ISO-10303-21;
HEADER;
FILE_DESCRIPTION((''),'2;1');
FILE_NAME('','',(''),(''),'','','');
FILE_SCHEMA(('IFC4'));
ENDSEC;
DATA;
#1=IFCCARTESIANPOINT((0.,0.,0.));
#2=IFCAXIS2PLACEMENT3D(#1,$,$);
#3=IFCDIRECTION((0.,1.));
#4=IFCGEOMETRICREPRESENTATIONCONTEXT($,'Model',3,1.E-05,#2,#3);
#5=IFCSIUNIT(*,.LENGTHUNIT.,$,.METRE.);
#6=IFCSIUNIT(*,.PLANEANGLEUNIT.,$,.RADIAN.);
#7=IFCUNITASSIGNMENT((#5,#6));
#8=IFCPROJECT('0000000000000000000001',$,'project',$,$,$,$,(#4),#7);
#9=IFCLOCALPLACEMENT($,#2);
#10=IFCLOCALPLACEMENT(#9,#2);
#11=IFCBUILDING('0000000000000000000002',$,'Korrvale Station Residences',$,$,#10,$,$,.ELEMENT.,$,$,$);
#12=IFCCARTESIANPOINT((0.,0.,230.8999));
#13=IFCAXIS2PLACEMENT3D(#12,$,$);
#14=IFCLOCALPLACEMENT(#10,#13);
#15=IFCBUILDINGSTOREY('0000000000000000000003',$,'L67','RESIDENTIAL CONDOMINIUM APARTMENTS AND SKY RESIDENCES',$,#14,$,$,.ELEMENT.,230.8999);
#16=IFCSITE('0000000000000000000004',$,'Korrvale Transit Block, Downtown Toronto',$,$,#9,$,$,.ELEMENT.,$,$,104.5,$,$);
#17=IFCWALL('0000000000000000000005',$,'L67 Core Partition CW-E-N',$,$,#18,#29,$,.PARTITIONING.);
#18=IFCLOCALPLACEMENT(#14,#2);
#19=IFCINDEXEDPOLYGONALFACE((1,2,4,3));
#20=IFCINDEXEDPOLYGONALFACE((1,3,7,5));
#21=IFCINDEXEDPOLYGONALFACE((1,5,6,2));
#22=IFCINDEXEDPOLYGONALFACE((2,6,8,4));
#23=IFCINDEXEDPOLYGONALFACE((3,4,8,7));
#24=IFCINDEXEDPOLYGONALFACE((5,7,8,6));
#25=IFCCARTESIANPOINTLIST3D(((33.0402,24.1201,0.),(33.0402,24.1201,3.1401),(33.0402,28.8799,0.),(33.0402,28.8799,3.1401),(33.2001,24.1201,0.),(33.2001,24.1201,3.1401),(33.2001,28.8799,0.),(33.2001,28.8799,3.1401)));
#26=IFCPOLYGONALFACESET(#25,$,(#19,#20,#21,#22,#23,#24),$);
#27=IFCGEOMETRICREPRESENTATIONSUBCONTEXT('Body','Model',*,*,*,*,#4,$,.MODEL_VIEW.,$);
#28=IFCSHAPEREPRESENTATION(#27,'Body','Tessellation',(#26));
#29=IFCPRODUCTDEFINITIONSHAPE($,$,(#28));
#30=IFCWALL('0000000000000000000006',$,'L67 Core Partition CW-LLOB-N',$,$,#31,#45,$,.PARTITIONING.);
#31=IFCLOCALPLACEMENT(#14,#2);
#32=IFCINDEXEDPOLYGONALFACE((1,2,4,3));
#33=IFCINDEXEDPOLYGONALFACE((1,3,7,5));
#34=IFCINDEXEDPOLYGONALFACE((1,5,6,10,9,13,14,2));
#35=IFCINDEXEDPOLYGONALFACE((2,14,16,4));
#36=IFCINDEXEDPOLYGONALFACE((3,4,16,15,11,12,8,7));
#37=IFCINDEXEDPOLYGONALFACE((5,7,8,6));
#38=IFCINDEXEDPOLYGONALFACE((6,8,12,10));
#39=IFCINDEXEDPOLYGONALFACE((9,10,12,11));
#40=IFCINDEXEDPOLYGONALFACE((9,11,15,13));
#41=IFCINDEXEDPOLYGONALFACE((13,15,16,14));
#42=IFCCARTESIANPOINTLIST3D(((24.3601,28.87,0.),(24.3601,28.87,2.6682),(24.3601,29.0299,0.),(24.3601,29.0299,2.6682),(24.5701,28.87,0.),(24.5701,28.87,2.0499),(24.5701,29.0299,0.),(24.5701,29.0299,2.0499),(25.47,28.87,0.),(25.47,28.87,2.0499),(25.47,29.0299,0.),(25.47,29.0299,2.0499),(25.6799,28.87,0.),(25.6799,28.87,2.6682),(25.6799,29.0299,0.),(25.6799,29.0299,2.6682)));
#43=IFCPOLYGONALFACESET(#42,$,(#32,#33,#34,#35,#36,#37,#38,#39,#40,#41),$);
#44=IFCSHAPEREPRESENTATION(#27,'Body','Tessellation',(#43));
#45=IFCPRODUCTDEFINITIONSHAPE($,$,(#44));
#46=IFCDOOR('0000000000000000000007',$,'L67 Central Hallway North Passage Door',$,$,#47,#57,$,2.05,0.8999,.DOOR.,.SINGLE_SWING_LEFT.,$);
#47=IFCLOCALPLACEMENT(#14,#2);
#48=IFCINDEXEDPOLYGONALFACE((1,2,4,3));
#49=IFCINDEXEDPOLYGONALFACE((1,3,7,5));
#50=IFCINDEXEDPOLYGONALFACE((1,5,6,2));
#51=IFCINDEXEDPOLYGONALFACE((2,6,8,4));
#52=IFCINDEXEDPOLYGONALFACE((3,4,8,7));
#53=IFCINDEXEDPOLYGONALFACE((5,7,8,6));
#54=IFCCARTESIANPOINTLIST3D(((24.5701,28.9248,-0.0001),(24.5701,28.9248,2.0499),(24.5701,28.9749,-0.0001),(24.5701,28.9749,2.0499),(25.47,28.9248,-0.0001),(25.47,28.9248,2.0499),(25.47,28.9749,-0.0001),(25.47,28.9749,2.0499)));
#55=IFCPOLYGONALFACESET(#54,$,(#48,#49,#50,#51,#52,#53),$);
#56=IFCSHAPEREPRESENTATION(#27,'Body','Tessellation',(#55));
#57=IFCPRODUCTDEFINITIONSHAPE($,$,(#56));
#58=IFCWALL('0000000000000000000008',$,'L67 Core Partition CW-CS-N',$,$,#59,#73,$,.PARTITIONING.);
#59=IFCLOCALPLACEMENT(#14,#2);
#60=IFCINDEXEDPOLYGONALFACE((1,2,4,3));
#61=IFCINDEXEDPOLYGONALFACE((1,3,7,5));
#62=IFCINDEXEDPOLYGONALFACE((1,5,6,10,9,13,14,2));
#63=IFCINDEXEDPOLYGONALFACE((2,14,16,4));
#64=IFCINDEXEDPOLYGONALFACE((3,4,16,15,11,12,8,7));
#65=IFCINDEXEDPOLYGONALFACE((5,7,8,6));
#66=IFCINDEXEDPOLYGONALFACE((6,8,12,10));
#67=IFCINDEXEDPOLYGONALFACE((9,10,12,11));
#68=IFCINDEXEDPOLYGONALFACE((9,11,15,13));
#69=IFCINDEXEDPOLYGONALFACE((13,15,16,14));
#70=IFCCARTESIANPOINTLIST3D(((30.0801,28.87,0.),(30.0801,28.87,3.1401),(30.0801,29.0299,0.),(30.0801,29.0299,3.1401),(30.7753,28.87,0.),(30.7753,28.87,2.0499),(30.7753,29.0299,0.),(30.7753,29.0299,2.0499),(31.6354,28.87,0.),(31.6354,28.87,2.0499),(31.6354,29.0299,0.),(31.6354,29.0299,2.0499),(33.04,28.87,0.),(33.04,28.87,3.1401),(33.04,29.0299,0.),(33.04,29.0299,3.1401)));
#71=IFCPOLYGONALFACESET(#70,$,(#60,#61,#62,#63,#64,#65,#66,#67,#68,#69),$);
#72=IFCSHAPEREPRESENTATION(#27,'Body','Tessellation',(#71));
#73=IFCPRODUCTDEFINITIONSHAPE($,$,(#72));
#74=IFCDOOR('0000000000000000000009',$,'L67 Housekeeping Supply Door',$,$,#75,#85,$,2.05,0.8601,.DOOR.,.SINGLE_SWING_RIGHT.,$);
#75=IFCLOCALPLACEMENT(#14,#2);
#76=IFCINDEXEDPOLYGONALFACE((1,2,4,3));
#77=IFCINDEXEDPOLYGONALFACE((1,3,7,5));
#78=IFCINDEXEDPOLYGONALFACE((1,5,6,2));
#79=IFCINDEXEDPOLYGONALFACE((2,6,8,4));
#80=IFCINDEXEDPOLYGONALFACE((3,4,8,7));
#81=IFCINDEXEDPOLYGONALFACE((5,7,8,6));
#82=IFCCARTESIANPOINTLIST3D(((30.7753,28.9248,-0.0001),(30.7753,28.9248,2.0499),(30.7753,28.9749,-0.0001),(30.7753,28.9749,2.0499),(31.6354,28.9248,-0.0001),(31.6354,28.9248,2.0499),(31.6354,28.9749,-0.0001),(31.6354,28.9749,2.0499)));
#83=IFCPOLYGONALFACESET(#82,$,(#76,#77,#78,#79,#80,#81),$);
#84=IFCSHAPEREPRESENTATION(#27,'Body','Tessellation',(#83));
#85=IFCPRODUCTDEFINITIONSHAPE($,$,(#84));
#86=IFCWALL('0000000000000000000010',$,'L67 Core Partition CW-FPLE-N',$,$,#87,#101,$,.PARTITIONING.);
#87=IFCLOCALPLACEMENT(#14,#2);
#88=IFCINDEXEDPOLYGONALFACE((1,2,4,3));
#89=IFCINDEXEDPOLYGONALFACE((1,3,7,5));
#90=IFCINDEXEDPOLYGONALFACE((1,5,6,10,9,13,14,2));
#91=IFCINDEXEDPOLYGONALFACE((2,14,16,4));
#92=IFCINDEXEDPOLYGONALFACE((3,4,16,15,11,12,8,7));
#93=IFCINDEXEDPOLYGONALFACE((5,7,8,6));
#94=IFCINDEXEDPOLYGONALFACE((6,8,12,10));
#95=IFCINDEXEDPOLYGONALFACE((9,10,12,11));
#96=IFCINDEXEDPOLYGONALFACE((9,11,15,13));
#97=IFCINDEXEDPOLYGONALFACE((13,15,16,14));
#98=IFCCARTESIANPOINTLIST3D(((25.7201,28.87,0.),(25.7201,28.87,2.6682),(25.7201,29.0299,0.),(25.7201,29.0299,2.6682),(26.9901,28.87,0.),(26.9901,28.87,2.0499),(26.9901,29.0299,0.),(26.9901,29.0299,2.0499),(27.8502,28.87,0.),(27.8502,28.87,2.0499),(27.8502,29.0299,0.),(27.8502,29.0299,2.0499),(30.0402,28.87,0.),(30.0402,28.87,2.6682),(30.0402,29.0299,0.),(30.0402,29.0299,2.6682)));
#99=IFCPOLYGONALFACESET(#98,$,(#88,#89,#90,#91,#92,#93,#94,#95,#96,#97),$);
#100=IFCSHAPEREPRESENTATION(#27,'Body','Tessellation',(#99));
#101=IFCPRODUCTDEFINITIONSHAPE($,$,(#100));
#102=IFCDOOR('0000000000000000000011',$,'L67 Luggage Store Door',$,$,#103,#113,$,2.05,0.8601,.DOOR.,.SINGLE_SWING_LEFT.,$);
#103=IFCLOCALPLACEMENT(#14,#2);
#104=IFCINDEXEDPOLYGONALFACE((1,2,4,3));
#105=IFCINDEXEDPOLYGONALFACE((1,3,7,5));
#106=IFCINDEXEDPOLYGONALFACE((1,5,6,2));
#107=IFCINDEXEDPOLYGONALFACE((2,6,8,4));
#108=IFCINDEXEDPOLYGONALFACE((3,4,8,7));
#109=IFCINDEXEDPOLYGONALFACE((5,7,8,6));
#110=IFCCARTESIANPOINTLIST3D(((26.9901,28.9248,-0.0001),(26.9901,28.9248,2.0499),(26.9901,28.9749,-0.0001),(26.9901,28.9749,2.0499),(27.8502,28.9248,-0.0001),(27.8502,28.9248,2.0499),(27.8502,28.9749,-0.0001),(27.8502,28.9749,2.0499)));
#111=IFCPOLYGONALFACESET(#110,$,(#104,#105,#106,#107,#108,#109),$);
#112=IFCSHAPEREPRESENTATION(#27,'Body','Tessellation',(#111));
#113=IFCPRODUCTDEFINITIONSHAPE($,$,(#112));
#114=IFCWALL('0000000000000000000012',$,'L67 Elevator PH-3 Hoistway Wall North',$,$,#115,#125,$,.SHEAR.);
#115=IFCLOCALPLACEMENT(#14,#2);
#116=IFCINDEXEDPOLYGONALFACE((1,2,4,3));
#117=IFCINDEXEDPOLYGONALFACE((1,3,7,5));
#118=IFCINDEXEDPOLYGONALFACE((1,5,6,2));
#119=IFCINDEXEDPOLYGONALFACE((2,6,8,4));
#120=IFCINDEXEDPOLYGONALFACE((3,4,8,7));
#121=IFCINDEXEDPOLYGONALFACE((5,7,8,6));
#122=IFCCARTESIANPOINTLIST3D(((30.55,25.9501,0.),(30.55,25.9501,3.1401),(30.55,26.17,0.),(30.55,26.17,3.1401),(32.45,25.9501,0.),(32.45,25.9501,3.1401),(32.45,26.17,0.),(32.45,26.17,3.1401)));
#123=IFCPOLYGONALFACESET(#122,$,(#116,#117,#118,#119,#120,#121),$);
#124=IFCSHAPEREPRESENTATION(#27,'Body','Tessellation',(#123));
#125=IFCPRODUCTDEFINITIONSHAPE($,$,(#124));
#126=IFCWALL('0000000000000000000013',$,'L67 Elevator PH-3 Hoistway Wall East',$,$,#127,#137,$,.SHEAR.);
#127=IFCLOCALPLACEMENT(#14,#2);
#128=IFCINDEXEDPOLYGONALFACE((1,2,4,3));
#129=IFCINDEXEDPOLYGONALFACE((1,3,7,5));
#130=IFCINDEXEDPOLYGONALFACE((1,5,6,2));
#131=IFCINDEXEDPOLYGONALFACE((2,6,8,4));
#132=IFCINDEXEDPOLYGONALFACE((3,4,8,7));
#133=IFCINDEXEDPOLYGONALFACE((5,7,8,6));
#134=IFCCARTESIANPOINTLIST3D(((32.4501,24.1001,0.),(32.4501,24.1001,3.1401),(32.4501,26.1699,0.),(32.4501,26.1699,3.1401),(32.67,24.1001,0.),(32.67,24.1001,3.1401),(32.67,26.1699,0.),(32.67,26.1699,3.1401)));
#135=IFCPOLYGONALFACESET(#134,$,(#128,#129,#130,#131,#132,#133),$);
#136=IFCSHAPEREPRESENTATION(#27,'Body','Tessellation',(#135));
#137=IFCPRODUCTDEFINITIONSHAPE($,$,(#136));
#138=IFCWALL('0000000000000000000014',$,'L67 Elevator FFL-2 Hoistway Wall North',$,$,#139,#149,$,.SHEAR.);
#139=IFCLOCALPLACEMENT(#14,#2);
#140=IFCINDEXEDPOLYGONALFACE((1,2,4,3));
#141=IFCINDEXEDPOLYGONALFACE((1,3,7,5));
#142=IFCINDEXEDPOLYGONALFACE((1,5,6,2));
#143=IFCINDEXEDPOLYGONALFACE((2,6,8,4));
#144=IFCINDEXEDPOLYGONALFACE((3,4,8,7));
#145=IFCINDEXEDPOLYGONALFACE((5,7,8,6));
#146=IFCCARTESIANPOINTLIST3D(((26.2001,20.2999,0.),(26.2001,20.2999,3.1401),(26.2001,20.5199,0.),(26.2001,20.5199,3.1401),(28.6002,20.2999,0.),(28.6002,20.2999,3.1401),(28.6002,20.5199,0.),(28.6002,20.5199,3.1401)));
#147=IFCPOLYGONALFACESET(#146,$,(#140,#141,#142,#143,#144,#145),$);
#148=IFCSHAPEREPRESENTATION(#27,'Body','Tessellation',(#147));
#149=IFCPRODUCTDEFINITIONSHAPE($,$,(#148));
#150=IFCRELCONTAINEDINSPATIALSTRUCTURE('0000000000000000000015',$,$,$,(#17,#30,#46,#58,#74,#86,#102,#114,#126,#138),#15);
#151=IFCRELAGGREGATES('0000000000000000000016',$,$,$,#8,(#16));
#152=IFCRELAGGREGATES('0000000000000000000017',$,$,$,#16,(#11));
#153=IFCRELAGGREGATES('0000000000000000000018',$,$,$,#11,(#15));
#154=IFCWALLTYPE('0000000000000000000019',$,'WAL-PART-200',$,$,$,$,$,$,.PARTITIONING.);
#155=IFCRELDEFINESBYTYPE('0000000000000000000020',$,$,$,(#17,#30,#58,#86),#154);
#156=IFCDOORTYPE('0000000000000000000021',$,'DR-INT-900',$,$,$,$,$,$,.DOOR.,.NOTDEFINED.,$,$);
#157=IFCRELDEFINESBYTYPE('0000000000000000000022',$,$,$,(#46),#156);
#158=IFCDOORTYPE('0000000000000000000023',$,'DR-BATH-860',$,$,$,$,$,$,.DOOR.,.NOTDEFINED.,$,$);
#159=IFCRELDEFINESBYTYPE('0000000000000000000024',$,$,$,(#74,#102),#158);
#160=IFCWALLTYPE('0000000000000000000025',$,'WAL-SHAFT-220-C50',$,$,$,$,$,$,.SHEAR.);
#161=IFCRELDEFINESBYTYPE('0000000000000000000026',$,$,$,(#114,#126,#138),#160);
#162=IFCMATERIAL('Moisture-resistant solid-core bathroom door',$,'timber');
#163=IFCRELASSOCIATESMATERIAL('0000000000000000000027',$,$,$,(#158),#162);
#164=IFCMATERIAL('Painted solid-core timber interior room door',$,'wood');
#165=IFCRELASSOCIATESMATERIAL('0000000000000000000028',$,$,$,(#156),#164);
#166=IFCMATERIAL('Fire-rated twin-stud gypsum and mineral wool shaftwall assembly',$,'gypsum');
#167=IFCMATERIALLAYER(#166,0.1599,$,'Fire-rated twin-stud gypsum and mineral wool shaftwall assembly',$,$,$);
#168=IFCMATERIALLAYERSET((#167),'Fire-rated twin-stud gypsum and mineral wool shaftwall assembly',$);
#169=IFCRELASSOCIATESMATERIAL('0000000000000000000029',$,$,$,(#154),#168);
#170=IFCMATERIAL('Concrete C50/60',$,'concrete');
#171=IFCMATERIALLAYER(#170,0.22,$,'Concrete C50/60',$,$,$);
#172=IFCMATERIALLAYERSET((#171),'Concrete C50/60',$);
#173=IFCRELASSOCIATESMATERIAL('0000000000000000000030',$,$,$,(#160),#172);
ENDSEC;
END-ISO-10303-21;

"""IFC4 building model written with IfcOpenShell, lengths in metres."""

from ifc_helpers import new_model, si_unit, direction, frame, frame_2d, origin, place, context, subcontext, project, spatial, rectangle, extrude, material, layer, layer_set, type_object, element, fill, save


model = new_model("IFC4")

# Units and contexts
model_context = context("Model", 3, precision=1e-05, world=origin(), true_north=direction((0.0, 1.0)))
body_context = subcontext(model_context, "Body", "Model", "MODEL_VIEW")
ifc_project = project(units=[si_unit("LENGTHUNIT", "METRE"), si_unit("PLANEANGLEUNIT", "RADIAN")], contexts=[model_context])

# Site, building, storey
site_placement = place(None, origin())
site = spatial("IfcSite", under=ifc_project, at=site_placement, Name="Korrvale Transit Block, Downtown Toronto", CompositionType="ELEMENT", RefElevation=104.5)
building_placement = place(site_placement, origin())
building = spatial("IfcBuilding", under=site, at=building_placement, Name="Korrvale Station Residences", CompositionType="ELEMENT")
storey_placement = place(building_placement, frame((0.0, 0.0, 230.8999)))
storey = spatial("IfcBuildingStorey", under=building, at=storey_placement, Name="L67", Description="RESIDENTIAL CONDOMINIUM APARTMENTS AND SKY RESIDENCES", CompositionType="ELEMENT", Elevation=230.8999)

# Shared definitions
ifc_material_1 = material(Name="Concrete C50/60", Category="concrete")

# Shared definitions
ifc_material_2 = material(Name="Moisture-resistant solid-core bathroom door", Category="timber")
door_type_1 = type_object("IfcDoorType", Name="DR-BATH-860", OperationType="NOTDEFINED", PredefinedType="DOOR", material=ifc_material_2)

# Shared definitions
ifc_material_3 = material(Name="Painted solid-core timber interior room door", Category="wood")
door_type_2 = type_object("IfcDoorType", Name="DR-INT-900", OperationType="NOTDEFINED", PredefinedType="DOOR", material=ifc_material_3)

# Wall
ifc_material_4 = material(Name="Fire-rated twin-stud gypsum and mineral wool shaftwall assembly", Category="gypsum")
ifc_layer_1 = layer(ifc_material_4, 0.1599, Name="Fire-rated twin-stud gypsum and mineral wool shaftwall assembly")
ifc_layer_set_1 = layer_set([ifc_layer_1], Name="Fire-rated twin-stud gypsum and mineral wool shaftwall assembly")
wall_type_1 = type_object("IfcWallType", Name="WAL-PART-200", PredefinedType="PARTITIONING", material=ifc_layer_set_1)
wall_1_placement = place(storey_placement, frame((33.1201, 24.1201, 0.0), z_axis=(0.0, 0.0, 1.0), x_axis=(0.0, 1.0, 0.0)))
element("IfcWall", 1, at=wall_1_placement, inside=storey, type_object=wall_type_1, Name="L67 Core Partition CW-E-N", PredefinedType="PARTITIONING", context=body_context, shape_type="SweptSolid", body=[
    extrude(rectangle(XDim=4.7598, YDim=0.1599, at=frame_2d((2.3799, 0.0))), origin(), (0.0, 0.0, 1.0), 3.1401),
])

# Walls, openings, doors
wall_2_placement = place(storey_placement, frame((24.3601, 28.95, 0.0), z_axis=(0.0, 0.0, 1.0), x_axis=(1.0, 0.0, 0.0)))
wall_2 = element("IfcWall", 2, at=wall_2_placement, inside=storey, type_object=wall_type_1, Name="L67 Core Partition CW-LLOB-N", PredefinedType="PARTITIONING", context=body_context, shape_type="SweptSolid", body=[
    extrude(rectangle(XDim=1.3198, YDim=0.1599, at=frame_2d((0.6599, 0.0))), origin(), (0.0, 0.0, 1.0), 2.6682),
])
opening_1_placement = place(wall_2_placement, frame((0.21, 0.0, 0.0)))
opening_1 = element("IfcOpeningElement", 3, at=opening_1_placement, cuts=wall_2, PredefinedType="OPENING", context=body_context, shape_type="SweptSolid", body=[
    extrude(rectangle(XDim=0.8999, YDim=2.05, at=frame_2d((0.45, 1.0249))), frame((0.0, 0.0898, 0.0), z_axis=(0.0, -1.0, 0.0), x_axis=(1.0, 0.0, 0.0)), (0.0, 0.0, 1.0), 0.1799),
])
door_1_placement = place(opening_1_placement, origin())
door_1 = element("IfcDoor", 4, at=door_1_placement, inside=storey, type_object=door_type_2, Name="L67 Central Hallway North Passage Door", OperationType="SINGLE_SWING_LEFT", OverallHeight=2.05, OverallWidth=0.8999, PredefinedType="DOOR", context=body_context, shape_type="SweptSolid", body=[
    extrude(rectangle(XDim=0.8999, YDim=2.05, at=frame_2d((0.45, 1.0249))), frame((0.0, 0.0249, 0.0), z_axis=(0.0, -1.0, 0.0), x_axis=(1.0, 0.0, 0.0)), (0.0, 0.0, 1.0), 0.05),
])
fill(opening_1, door_1)
wall_3_placement = place(storey_placement, frame((30.0801, 28.95, 0.0), z_axis=(0.0, 0.0, 1.0), x_axis=(1.0, 0.0, 0.0)))
wall_3 = element("IfcWall", 5, at=wall_3_placement, inside=storey, type_object=wall_type_1, Name="L67 Core Partition CW-CS-N", PredefinedType="PARTITIONING", context=body_context, shape_type="SweptSolid", body=[
    extrude(rectangle(XDim=2.96, YDim=0.1599, at=frame_2d((1.48, 0.0))), origin(), (0.0, 0.0, 1.0), 3.1401),
])
opening_2_placement = place(wall_3_placement, frame((0.6951, 0.0, 0.0)))
opening_2 = element("IfcOpeningElement", 6, at=opening_2_placement, cuts=wall_3, PredefinedType="OPENING", context=body_context, shape_type="SweptSolid", body=[
    extrude(rectangle(XDim=0.8601, YDim=2.05, at=frame_2d((0.4302, 1.0249))), frame((0.0, 0.0898, 0.0), z_axis=(0.0, -1.0, 0.0), x_axis=(1.0, 0.0, 0.0)), (0.0, 0.0, 1.0), 0.1799),
])
door_2_placement = place(opening_2_placement, origin())
door_2 = element("IfcDoor", 7, at=door_2_placement, inside=storey, type_object=door_type_1, Name="L67 Housekeeping Supply Door", OperationType="SINGLE_SWING_RIGHT", OverallHeight=2.05, OverallWidth=0.8601, PredefinedType="DOOR", context=body_context, shape_type="SweptSolid", body=[
    extrude(rectangle(XDim=0.8601, YDim=2.05, at=frame_2d((0.4302, 1.0249))), frame((0.0, 0.0249, 0.0), z_axis=(0.0, -1.0, 0.0), x_axis=(1.0, 0.0, 0.0)), (0.0, 0.0, 1.0), 0.05),
])
fill(opening_2, door_2)
wall_4_placement = place(storey_placement, frame((25.72, 28.95, 0.0), z_axis=(0.0, 0.0, 1.0), x_axis=(1.0, 0.0, 0.0)))
wall_4 = element("IfcWall", 8, at=wall_4_placement, inside=storey, type_object=wall_type_1, Name="L67 Core Partition CW-FPLE-N", PredefinedType="PARTITIONING", context=body_context, shape_type="SweptSolid", body=[
    extrude(rectangle(XDim=4.3201, YDim=0.1599, at=frame_2d((2.1602, 0.0))), origin(), (0.0, 0.0, 1.0), 2.6682),
])
opening_3_placement = place(wall_4_placement, frame((1.27, 0.0, 0.0)))
opening_3 = element("IfcOpeningElement", 9, at=opening_3_placement, cuts=wall_4, PredefinedType="OPENING", context=body_context, shape_type="SweptSolid", body=[
    extrude(rectangle(XDim=0.8601, YDim=2.05, at=frame_2d((0.4302, 1.0249))), frame((0.0, 0.0898, 0.0), z_axis=(0.0, -1.0, 0.0), x_axis=(1.0, 0.0, 0.0)), (0.0, 0.0, 1.0), 0.1799),
])
door_3_placement = place(opening_3_placement, origin())
door_3 = element("IfcDoor", 10, at=door_3_placement, inside=storey, type_object=door_type_1, Name="L67 Luggage Store Door", OperationType="SINGLE_SWING_LEFT", OverallHeight=2.05, OverallWidth=0.8601, PredefinedType="DOOR", context=body_context, shape_type="SweptSolid", body=[
    extrude(rectangle(XDim=0.8601, YDim=2.05, at=frame_2d((0.4302, 1.0249))), frame((0.0, 0.0249, 0.0), z_axis=(0.0, -1.0, 0.0), x_axis=(1.0, 0.0, 0.0)), (0.0, 0.0, 1.0), 0.05),
])
fill(opening_3, door_3)

# Wall
ifc_layer_2 = layer(ifc_material_1, 0.22, Name="Concrete C50/60")
ifc_layer_set_2 = layer_set([ifc_layer_2], Name="Concrete C50/60")
wall_type_2 = type_object("IfcWallType", Name="WAL-SHAFT-220-C50", PredefinedType="SHEAR", material=ifc_layer_set_2)
wall_5_placement = place(storey_placement, frame((30.55, 26.0601, 0.0), z_axis=(0.0, 0.0, 1.0), x_axis=(1.0, 0.0, 0.0)))
element("IfcWall", 11, at=wall_5_placement, inside=storey, type_object=wall_type_2, Name="L67 Elevator PH-3 Hoistway Wall North", PredefinedType="SHEAR", context=body_context, shape_type="SweptSolid", body=[
    extrude(rectangle(XDim=1.8999, YDim=0.22, at=frame_2d((0.95, 0.0))), origin(), (0.0, 0.0, 1.0), 3.1401),
])

# Walls
wall_6_placement = place(storey_placement, frame((32.5601, 24.1001, 0.0), z_axis=(0.0, 0.0, 1.0), x_axis=(0.0, 1.0, 0.0)))
element("IfcWall", 12, at=wall_6_placement, inside=storey, type_object=wall_type_2, Name="L67 Elevator PH-3 Hoistway Wall East", PredefinedType="SHEAR", context=body_context, shape_type="SweptSolid", body=[
    extrude(rectangle(XDim=2.0698, YDim=0.22, at=frame_2d((1.0349, 0.0))), origin(), (0.0, 0.0, 1.0), 3.1401),
])
wall_7_placement = place(storey_placement, frame((26.2, 20.4099, 0.0), z_axis=(0.0, 0.0, 1.0), x_axis=(1.0, 0.0, 0.0)))
element("IfcWall", 13, at=wall_7_placement, inside=storey, type_object=wall_type_2, Name="L67 Elevator FFL-2 Hoistway Wall North", PredefinedType="SHEAR", context=body_context, shape_type="SweptSolid", body=[
    extrude(rectangle(XDim=2.4001, YDim=0.22, at=frame_2d((1.2002, 0.0))), origin(), (0.0, 0.0, 1.0), 3.1401),
])

save(model, "model.ifc")
